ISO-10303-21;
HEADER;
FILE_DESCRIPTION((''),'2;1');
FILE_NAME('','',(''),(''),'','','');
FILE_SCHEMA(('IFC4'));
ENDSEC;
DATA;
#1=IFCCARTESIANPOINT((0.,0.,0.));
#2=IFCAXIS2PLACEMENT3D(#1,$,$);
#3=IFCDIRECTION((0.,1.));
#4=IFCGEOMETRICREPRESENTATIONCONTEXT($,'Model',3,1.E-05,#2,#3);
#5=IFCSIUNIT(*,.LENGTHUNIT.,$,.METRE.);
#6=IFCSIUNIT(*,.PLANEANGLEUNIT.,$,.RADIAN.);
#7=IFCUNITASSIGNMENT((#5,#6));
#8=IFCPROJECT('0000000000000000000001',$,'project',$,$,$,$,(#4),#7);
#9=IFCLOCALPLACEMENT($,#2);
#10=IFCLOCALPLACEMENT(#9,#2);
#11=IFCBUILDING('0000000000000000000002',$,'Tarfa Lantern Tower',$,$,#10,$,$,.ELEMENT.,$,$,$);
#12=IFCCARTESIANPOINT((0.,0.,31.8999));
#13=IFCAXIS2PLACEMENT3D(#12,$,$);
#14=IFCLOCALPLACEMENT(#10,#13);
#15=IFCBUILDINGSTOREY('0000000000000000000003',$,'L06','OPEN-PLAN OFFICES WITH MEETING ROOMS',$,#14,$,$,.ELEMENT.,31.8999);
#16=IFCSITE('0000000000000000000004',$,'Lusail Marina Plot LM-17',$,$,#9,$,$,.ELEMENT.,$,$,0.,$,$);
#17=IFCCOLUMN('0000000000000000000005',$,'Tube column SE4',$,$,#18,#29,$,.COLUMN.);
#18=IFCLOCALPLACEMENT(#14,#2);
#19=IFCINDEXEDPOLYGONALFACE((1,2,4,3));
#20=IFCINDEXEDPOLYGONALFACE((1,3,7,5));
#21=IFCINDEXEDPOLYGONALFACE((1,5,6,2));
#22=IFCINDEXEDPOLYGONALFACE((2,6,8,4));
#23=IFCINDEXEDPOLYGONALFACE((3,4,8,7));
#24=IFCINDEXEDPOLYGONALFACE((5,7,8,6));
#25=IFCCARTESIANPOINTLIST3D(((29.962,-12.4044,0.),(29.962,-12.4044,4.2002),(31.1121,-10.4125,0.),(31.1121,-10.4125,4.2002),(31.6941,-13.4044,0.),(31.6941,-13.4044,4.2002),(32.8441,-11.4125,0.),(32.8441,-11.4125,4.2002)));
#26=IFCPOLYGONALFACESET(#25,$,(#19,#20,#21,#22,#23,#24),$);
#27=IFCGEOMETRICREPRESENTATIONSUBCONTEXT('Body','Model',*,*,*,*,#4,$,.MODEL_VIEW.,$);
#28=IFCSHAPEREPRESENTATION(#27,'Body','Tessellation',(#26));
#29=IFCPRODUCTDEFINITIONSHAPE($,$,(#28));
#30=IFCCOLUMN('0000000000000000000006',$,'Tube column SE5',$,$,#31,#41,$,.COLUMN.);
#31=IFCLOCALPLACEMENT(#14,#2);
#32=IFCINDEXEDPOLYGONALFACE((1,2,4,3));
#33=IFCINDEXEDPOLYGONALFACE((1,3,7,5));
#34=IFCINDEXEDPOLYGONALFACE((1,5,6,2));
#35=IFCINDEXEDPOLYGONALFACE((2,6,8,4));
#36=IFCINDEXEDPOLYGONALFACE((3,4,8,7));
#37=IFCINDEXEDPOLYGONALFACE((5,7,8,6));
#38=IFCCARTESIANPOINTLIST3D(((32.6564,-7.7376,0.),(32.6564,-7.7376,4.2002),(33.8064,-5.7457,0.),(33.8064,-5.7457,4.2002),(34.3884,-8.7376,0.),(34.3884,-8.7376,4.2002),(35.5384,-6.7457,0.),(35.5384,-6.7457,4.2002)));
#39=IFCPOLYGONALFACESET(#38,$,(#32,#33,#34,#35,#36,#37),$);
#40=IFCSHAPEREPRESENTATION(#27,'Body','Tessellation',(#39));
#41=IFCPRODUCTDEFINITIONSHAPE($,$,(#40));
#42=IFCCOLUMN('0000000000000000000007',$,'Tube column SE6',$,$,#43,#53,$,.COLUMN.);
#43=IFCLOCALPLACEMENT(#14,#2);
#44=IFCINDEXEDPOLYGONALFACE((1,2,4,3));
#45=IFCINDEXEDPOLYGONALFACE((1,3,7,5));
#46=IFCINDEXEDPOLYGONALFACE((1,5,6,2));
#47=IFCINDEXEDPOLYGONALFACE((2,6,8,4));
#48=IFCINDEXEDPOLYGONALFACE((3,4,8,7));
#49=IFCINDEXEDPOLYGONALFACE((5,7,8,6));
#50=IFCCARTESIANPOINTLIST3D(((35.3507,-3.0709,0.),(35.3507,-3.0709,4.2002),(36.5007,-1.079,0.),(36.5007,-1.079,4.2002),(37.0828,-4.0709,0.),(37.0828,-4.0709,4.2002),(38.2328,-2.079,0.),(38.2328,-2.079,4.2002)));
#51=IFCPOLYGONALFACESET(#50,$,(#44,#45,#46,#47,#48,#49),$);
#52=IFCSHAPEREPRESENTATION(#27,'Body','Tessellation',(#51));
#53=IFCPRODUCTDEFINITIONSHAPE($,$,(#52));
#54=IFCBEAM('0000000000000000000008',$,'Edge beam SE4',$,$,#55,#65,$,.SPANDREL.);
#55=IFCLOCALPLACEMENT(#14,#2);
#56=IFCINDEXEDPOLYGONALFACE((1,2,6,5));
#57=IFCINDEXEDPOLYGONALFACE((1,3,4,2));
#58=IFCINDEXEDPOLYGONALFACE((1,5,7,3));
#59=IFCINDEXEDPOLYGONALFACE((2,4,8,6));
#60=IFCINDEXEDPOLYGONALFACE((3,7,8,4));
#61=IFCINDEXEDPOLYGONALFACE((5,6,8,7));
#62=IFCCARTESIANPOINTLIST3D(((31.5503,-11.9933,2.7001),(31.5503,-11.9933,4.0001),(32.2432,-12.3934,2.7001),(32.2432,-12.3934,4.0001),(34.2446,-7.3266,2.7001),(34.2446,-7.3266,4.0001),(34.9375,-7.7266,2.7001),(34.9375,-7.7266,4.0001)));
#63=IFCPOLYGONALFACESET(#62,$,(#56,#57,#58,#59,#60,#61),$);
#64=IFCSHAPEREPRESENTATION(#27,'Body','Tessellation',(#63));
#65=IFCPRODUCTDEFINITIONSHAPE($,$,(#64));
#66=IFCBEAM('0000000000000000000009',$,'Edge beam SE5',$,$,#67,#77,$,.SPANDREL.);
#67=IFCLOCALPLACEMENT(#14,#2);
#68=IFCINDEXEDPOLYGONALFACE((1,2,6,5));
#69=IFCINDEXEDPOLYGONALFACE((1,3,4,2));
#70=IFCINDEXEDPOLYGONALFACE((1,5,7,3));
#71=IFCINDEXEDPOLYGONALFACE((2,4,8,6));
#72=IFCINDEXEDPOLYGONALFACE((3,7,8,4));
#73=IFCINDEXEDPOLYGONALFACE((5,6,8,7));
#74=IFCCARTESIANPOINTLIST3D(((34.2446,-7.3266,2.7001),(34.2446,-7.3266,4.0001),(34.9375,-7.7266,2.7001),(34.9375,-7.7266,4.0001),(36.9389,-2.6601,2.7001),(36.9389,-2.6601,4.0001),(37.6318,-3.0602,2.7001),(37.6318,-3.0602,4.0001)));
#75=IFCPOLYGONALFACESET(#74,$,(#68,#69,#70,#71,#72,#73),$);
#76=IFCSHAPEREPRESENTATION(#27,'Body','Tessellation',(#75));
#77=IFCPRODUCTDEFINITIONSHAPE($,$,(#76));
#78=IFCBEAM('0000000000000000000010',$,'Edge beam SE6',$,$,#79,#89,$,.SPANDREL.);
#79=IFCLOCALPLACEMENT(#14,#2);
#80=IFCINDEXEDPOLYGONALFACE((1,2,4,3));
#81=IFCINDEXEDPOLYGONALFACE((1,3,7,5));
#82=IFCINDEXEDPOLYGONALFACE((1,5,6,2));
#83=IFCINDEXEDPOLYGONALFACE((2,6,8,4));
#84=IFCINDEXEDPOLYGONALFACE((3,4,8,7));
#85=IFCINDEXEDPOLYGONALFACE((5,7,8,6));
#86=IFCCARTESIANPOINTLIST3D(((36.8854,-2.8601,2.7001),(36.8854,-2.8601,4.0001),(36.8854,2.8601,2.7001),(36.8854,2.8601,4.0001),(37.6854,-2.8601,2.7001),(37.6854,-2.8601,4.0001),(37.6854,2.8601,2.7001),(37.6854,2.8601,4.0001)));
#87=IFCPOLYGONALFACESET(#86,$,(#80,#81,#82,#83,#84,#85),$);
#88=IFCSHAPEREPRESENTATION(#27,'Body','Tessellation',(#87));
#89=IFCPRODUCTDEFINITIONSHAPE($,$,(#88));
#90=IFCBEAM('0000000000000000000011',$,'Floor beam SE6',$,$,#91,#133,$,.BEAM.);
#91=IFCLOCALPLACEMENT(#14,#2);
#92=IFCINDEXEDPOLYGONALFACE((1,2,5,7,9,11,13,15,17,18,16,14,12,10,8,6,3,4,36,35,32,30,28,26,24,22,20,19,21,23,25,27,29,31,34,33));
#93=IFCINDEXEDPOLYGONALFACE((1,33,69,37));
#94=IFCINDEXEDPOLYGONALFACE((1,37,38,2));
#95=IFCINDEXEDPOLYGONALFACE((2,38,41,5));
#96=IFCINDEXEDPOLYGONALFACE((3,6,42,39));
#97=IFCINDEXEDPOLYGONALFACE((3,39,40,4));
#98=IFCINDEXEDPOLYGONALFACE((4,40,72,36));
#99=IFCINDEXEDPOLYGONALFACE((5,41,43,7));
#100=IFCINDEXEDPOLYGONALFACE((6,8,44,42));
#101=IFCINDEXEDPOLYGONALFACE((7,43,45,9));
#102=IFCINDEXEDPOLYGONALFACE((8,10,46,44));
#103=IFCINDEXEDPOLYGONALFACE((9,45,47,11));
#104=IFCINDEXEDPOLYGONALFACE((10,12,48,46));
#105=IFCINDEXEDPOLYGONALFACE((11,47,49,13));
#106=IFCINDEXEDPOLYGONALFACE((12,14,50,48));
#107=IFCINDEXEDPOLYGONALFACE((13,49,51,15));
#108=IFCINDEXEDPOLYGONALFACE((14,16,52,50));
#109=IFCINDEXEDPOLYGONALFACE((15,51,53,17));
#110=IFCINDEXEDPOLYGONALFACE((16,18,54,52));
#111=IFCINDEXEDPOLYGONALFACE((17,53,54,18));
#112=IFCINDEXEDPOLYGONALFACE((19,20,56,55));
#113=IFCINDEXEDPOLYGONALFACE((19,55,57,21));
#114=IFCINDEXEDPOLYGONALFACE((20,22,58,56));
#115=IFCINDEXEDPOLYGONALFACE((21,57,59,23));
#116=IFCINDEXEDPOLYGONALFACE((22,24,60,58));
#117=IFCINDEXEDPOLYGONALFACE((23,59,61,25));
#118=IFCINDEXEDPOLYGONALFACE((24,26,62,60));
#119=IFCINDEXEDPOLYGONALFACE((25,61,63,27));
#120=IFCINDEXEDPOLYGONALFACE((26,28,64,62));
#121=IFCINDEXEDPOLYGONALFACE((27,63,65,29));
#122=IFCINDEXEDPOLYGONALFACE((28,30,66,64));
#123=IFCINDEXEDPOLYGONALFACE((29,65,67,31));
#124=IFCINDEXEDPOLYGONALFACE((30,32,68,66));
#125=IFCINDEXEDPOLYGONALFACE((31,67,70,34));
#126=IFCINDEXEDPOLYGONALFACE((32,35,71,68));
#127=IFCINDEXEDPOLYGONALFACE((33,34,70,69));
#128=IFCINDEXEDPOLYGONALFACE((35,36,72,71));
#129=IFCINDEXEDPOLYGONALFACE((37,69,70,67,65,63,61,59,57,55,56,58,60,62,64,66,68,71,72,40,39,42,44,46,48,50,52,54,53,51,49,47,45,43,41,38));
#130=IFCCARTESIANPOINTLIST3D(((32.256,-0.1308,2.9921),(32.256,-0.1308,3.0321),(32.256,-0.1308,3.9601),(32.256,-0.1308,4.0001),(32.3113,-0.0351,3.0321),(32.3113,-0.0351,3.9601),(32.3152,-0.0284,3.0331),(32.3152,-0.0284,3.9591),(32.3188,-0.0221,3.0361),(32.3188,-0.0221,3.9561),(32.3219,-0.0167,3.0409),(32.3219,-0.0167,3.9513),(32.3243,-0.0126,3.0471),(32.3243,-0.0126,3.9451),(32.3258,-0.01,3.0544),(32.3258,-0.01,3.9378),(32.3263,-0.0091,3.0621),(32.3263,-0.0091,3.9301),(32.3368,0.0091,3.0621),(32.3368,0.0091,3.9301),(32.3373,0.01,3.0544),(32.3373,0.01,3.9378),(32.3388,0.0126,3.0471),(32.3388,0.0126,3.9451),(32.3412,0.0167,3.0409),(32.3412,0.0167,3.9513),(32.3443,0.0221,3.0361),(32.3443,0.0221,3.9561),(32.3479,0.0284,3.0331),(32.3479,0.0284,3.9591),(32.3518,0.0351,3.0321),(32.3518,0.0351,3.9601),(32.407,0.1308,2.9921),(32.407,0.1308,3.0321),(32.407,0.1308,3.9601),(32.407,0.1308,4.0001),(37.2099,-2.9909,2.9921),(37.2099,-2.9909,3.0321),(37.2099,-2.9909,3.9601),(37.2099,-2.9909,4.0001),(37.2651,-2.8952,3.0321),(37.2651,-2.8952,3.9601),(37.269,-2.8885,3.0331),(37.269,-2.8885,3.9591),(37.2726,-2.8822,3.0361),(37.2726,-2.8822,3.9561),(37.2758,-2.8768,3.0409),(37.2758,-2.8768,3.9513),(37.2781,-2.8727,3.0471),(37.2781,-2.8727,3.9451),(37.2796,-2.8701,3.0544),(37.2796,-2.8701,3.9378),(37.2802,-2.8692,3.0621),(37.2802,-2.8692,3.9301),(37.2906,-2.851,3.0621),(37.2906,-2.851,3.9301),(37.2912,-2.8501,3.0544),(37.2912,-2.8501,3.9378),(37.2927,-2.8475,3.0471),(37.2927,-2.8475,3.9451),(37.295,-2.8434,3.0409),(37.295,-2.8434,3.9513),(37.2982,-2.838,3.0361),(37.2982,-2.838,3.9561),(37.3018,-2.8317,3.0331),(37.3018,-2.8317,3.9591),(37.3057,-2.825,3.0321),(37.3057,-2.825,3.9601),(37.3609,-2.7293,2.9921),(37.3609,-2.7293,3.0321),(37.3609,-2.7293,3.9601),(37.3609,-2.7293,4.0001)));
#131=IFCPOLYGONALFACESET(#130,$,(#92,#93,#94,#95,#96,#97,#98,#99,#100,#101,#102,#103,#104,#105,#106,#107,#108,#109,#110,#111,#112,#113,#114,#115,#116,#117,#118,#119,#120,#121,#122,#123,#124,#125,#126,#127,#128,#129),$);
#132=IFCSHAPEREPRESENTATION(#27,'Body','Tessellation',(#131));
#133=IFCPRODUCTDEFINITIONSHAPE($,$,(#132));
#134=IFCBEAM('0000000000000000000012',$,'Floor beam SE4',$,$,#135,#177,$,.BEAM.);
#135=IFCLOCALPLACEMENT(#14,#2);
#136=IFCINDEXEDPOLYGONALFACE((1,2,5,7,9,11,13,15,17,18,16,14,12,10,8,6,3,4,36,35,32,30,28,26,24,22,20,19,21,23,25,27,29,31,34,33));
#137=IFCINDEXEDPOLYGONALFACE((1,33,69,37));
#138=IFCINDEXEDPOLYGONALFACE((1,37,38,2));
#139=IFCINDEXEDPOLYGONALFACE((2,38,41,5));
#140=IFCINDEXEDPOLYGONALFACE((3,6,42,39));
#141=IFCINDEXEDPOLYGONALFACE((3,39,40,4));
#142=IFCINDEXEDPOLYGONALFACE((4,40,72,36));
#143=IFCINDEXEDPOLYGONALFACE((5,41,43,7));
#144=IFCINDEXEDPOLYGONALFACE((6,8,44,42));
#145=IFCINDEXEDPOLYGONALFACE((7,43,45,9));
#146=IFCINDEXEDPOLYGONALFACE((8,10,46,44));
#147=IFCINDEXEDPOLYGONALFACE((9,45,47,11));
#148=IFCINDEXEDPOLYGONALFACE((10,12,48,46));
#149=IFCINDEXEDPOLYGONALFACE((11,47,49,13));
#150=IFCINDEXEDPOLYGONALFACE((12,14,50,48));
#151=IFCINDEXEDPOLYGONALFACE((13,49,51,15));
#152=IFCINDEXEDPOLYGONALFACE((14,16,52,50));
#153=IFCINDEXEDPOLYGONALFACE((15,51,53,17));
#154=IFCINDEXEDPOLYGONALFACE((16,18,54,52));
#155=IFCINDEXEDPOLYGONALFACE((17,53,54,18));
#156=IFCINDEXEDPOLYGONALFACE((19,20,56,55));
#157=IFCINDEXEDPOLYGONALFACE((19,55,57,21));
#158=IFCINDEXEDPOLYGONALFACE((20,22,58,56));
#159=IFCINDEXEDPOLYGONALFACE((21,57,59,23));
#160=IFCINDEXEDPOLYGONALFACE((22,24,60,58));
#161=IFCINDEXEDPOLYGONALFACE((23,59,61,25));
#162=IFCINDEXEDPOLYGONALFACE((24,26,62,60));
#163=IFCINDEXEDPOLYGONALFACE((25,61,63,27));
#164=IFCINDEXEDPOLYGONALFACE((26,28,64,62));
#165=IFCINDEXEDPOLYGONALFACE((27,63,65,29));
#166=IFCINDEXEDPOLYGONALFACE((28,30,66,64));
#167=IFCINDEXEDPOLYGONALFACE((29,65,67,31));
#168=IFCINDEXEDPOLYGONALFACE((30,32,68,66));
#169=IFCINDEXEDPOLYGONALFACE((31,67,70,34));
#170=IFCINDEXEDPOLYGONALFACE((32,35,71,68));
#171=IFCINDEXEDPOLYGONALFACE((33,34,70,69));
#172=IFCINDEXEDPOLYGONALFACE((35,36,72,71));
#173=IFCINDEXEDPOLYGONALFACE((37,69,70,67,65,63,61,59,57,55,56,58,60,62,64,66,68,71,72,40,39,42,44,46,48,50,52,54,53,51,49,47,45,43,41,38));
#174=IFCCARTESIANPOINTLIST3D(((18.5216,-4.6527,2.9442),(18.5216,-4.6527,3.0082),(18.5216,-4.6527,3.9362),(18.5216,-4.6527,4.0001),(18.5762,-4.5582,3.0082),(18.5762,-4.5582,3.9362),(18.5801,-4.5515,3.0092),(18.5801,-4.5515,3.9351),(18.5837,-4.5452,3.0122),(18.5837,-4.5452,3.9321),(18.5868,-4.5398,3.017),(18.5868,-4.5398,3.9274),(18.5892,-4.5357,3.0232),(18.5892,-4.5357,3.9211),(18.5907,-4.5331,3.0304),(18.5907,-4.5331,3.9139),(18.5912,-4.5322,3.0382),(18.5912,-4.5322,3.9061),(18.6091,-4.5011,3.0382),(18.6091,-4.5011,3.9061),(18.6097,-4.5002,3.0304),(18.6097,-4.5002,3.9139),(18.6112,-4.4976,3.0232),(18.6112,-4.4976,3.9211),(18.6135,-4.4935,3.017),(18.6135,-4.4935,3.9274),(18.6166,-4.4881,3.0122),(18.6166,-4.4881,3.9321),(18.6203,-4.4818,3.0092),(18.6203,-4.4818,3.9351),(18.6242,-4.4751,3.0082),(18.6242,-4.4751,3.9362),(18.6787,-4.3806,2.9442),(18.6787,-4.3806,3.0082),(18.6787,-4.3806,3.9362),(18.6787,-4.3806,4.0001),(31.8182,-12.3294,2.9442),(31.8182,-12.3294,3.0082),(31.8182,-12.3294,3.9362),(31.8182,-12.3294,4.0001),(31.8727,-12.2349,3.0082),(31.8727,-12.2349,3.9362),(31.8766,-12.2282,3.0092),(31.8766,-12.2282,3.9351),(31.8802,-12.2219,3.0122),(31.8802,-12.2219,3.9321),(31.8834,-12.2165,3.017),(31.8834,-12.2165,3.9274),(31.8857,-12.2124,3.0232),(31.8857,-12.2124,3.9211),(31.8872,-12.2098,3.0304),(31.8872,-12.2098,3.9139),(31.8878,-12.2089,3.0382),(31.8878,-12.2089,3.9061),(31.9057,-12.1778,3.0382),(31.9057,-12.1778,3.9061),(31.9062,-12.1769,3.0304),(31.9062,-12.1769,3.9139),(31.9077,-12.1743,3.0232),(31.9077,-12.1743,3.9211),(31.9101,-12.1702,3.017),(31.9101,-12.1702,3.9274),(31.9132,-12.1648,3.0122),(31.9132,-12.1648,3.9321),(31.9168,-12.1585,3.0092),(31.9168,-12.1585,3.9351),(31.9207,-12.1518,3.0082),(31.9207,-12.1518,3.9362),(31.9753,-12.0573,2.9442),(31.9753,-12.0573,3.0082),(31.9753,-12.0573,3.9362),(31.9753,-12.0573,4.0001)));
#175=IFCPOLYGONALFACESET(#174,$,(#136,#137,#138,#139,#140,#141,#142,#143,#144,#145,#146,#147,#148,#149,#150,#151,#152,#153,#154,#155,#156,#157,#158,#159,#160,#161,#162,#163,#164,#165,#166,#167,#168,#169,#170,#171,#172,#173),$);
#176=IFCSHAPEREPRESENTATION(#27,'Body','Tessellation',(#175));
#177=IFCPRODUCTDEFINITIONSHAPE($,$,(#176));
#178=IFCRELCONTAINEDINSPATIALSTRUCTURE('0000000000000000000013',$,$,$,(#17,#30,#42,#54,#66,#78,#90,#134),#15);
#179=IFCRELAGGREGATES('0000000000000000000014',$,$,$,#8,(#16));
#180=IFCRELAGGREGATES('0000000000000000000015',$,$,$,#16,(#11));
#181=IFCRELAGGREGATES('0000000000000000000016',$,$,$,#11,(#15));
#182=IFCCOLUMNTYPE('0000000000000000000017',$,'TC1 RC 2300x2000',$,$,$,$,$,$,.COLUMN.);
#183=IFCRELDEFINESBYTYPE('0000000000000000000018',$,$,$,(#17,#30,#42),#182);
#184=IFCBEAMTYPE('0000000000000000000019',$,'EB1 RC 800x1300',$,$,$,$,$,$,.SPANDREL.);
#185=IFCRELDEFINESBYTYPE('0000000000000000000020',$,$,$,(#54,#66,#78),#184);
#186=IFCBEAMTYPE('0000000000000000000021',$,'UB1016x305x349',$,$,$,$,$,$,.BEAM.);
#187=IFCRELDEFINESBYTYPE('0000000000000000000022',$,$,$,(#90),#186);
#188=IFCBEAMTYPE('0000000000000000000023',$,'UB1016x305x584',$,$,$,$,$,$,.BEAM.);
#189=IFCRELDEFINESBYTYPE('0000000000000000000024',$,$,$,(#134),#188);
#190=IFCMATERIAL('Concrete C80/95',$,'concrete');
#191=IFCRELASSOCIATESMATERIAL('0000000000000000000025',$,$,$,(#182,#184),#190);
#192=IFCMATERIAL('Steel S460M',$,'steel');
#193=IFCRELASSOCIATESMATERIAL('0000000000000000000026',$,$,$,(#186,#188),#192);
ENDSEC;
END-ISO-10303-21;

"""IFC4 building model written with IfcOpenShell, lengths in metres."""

from ifc_helpers import new_model, si_unit, direction, frame, origin, origin_2d, place, context, subcontext, project, spatial, rectangle, i_section, extrude, material, material_profile, profile_set, type_object, element, save


model = new_model("IFC4")

# Units and contexts
model_context = context("Model", 3, precision=1e-05, world=origin(), true_north=direction((0.0, 1.0)))
body_context = subcontext(model_context, "Body", "Model", "MODEL_VIEW")
ifc_project = project(units=[si_unit("LENGTHUNIT", "METRE"), si_unit("PLANEANGLEUNIT", "RADIAN")], contexts=[model_context])

# Site, building, storey
site_placement = place(None, origin())
site = spatial("IfcSite", under=ifc_project, at=site_placement, Name="Lusail Marina Plot LM-17", CompositionType="ELEMENT", RefElevation=0.0)
building_placement = place(site_placement, origin())
building = spatial("IfcBuilding", under=site, at=building_placement, Name="Tarfa Lantern Tower", CompositionType="ELEMENT")
storey_placement = place(building_placement, frame((0.0, 0.0, 31.8999)))
storey = spatial("IfcBuildingStorey", under=building, at=storey_placement, Name="L06", Description="OPEN-PLAN OFFICES WITH MEETING ROOMS", CompositionType="ELEMENT", Elevation=31.8999)

# Columns
ifc_material_1 = material(Name="Concrete C80/95", Category="concrete")
ifc_material_profile_1 = material_profile(ifc_material_1, rectangle(XDim=2.3, YDim=2.0, at=origin_2d()), Name="RC 2300x2000")
ifc_profile_set_1 = profile_set([ifc_material_profile_1], Name="Concrete C80/95")
column_type = type_object("IfcColumnType", Name="TC1 RC 2300x2000", PredefinedType="COLUMN", material=ifc_profile_set_1)
for number, where, z_axis, x_axis, name in (
    (1, (31.4031, -11.9084, 0.0), (0.0, 0.0, 1.0), (0.5, 0.866025, 0.0), "Tube column SE4"),
    (2, (34.0974, -7.2417, 0.0), (0.0, 0.0, 1.0), (0.5, 0.866025, 0.0), "Tube column SE5"),
    (3, (36.7917, -2.575, 0.0), (0.0, 0.0, 1.0), (0.5, 0.866025, 0.0), "Tube column SE6"),
):
    element("IfcColumn", number, at=place(storey_placement, frame(where, z_axis=z_axis, x_axis=x_axis)), inside=storey, type_object=column_type, Name=name, PredefinedType="COLUMN", context=body_context, shape_type="SweptSolid", body=[
        extrude(rectangle(XDim=2.3, YDim=2.0, at=origin_2d()), origin(), (0.0, 0.0, 1.0), 4.2002),
    ])

# Beams
ifc_material_profile_2 = material_profile(ifc_material_1, rectangle(XDim=0.8, YDim=1.3, at=origin_2d()), Name="RC 800x1300")
ifc_profile_set_2 = profile_set([ifc_material_profile_2], Name="Concrete C80/95")
beam_type_1 = type_object("IfcBeamType", Name="EB1 RC 800x1300", PredefinedType="SPANDREL", material=ifc_profile_set_2)
beam_1_placement = place(storey_placement, frame((31.8967, -12.1934, 3.3501), z_axis=(0.499998, 0.866026, 0.0), x_axis=(-0.866026, 0.499998, 0.0)))
element("IfcBeam", 4, at=beam_1_placement, inside=storey, type_object=beam_type_1, Name="Edge beam SE4", PredefinedType="SPANDREL", context=body_context, shape_type="SweptSolid", body=[
    extrude(rectangle(XDim=0.8, YDim=1.3, at=origin_2d()), origin(), (0.0, 0.0, 1.0), 5.3887),
])
beam_2_placement = place(storey_placement, frame((34.5911, -7.5266, 3.3501), z_axis=(0.500018, 0.866015, 0.0), x_axis=(-0.866015, 0.500018, 0.0)))
element("IfcBeam", 5, at=beam_2_placement, inside=storey, type_object=beam_type_1, Name="Edge beam SE5", PredefinedType="SPANDREL", context=body_context, shape_type="SweptSolid", body=[
    extrude(rectangle(XDim=0.8, YDim=1.3, at=origin_2d()), origin(), (0.0, 0.0, 1.0), 5.3884),
])
beam_3_placement = place(storey_placement, frame((37.2854, -2.8601, 3.3501), z_axis=(0.0, 1.0, 0.0), x_axis=(-1.0, 0.0, 0.0)))
element("IfcBeam", 6, at=beam_3_placement, inside=storey, type_object=beam_type_1, Name="Edge beam SE6", PredefinedType="SPANDREL", context=body_context, shape_type="SweptSolid", body=[
    extrude(rectangle(XDim=0.8, YDim=1.3, at=origin_2d()), origin(), (0.0, 0.0, 1.0), 5.7202),
])
ifc_material_2 = material(Name="Steel S460M", Category="steel")
ifc_material_profile_3 = material_profile(ifc_material_2, i_section(OverallWidth=0.302, OverallDepth=1.0081, WebThickness=0.021, FlangeThickness=0.04, FilletRadius=0.03, at=origin_2d()), Name="UB1016x305x349")
ifc_profile_set_3 = profile_set([ifc_material_profile_3], Name="Steel S460M")
beam_type_2 = type_object("IfcBeamType", Name="UB1016x305x349", PredefinedType="BEAM", material=ifc_profile_set_3)
beam_4_placement = place(storey_placement, frame((37.2854, -2.8601, 3.4961), z_axis=(-0.866026, 0.5, 0.0), x_axis=(-0.5, -0.866026, 0.0)))
element("IfcBeam", 7, at=beam_4_placement, inside=storey, type_object=beam_type_2, Name="Floor beam SE6", PredefinedType="BEAM", context=body_context, shape_type="SweptSolid", body=[
    extrude(i_section(OverallWidth=0.302, OverallDepth=1.0081, WebThickness=0.021, FlangeThickness=0.04, FilletRadius=0.03, at=origin_2d()), origin(), (0.0, 0.0, 1.0), 5.7202),
])
ifc_material_profile_4 = material_profile(ifc_material_2, i_section(OverallWidth=0.3142, OverallDepth=1.0559, WebThickness=0.0359, FlangeThickness=0.064, FilletRadius=0.03, at=origin_2d()), Name="UB1016x305x584")
ifc_profile_set_4 = profile_set([ifc_material_profile_4], Name="Steel S460M")
beam_type_3 = type_object("IfcBeamType", Name="UB1016x305x584", PredefinedType="BEAM", material=ifc_profile_set_4)
beam_5_placement = place(storey_placement, frame((31.8967, -12.1934, 3.4722), z_axis=(-0.866027, 0.499997, 0.0), x_axis=(-0.499997, -0.866027, 0.0)))
element("IfcBeam", 8, at=beam_5_placement, inside=storey, type_object=beam_type_3, Name="Floor beam SE4", PredefinedType="BEAM", context=body_context, shape_type="SweptSolid", body=[
    extrude(i_section(OverallWidth=0.3142, OverallDepth=1.0559, WebThickness=0.0359, FlangeThickness=0.064, FilletRadius=0.03, at=origin_2d()), origin(), (0.0, 0.0, 1.0), 15.3535),
])

save(model, "model.ifc")
